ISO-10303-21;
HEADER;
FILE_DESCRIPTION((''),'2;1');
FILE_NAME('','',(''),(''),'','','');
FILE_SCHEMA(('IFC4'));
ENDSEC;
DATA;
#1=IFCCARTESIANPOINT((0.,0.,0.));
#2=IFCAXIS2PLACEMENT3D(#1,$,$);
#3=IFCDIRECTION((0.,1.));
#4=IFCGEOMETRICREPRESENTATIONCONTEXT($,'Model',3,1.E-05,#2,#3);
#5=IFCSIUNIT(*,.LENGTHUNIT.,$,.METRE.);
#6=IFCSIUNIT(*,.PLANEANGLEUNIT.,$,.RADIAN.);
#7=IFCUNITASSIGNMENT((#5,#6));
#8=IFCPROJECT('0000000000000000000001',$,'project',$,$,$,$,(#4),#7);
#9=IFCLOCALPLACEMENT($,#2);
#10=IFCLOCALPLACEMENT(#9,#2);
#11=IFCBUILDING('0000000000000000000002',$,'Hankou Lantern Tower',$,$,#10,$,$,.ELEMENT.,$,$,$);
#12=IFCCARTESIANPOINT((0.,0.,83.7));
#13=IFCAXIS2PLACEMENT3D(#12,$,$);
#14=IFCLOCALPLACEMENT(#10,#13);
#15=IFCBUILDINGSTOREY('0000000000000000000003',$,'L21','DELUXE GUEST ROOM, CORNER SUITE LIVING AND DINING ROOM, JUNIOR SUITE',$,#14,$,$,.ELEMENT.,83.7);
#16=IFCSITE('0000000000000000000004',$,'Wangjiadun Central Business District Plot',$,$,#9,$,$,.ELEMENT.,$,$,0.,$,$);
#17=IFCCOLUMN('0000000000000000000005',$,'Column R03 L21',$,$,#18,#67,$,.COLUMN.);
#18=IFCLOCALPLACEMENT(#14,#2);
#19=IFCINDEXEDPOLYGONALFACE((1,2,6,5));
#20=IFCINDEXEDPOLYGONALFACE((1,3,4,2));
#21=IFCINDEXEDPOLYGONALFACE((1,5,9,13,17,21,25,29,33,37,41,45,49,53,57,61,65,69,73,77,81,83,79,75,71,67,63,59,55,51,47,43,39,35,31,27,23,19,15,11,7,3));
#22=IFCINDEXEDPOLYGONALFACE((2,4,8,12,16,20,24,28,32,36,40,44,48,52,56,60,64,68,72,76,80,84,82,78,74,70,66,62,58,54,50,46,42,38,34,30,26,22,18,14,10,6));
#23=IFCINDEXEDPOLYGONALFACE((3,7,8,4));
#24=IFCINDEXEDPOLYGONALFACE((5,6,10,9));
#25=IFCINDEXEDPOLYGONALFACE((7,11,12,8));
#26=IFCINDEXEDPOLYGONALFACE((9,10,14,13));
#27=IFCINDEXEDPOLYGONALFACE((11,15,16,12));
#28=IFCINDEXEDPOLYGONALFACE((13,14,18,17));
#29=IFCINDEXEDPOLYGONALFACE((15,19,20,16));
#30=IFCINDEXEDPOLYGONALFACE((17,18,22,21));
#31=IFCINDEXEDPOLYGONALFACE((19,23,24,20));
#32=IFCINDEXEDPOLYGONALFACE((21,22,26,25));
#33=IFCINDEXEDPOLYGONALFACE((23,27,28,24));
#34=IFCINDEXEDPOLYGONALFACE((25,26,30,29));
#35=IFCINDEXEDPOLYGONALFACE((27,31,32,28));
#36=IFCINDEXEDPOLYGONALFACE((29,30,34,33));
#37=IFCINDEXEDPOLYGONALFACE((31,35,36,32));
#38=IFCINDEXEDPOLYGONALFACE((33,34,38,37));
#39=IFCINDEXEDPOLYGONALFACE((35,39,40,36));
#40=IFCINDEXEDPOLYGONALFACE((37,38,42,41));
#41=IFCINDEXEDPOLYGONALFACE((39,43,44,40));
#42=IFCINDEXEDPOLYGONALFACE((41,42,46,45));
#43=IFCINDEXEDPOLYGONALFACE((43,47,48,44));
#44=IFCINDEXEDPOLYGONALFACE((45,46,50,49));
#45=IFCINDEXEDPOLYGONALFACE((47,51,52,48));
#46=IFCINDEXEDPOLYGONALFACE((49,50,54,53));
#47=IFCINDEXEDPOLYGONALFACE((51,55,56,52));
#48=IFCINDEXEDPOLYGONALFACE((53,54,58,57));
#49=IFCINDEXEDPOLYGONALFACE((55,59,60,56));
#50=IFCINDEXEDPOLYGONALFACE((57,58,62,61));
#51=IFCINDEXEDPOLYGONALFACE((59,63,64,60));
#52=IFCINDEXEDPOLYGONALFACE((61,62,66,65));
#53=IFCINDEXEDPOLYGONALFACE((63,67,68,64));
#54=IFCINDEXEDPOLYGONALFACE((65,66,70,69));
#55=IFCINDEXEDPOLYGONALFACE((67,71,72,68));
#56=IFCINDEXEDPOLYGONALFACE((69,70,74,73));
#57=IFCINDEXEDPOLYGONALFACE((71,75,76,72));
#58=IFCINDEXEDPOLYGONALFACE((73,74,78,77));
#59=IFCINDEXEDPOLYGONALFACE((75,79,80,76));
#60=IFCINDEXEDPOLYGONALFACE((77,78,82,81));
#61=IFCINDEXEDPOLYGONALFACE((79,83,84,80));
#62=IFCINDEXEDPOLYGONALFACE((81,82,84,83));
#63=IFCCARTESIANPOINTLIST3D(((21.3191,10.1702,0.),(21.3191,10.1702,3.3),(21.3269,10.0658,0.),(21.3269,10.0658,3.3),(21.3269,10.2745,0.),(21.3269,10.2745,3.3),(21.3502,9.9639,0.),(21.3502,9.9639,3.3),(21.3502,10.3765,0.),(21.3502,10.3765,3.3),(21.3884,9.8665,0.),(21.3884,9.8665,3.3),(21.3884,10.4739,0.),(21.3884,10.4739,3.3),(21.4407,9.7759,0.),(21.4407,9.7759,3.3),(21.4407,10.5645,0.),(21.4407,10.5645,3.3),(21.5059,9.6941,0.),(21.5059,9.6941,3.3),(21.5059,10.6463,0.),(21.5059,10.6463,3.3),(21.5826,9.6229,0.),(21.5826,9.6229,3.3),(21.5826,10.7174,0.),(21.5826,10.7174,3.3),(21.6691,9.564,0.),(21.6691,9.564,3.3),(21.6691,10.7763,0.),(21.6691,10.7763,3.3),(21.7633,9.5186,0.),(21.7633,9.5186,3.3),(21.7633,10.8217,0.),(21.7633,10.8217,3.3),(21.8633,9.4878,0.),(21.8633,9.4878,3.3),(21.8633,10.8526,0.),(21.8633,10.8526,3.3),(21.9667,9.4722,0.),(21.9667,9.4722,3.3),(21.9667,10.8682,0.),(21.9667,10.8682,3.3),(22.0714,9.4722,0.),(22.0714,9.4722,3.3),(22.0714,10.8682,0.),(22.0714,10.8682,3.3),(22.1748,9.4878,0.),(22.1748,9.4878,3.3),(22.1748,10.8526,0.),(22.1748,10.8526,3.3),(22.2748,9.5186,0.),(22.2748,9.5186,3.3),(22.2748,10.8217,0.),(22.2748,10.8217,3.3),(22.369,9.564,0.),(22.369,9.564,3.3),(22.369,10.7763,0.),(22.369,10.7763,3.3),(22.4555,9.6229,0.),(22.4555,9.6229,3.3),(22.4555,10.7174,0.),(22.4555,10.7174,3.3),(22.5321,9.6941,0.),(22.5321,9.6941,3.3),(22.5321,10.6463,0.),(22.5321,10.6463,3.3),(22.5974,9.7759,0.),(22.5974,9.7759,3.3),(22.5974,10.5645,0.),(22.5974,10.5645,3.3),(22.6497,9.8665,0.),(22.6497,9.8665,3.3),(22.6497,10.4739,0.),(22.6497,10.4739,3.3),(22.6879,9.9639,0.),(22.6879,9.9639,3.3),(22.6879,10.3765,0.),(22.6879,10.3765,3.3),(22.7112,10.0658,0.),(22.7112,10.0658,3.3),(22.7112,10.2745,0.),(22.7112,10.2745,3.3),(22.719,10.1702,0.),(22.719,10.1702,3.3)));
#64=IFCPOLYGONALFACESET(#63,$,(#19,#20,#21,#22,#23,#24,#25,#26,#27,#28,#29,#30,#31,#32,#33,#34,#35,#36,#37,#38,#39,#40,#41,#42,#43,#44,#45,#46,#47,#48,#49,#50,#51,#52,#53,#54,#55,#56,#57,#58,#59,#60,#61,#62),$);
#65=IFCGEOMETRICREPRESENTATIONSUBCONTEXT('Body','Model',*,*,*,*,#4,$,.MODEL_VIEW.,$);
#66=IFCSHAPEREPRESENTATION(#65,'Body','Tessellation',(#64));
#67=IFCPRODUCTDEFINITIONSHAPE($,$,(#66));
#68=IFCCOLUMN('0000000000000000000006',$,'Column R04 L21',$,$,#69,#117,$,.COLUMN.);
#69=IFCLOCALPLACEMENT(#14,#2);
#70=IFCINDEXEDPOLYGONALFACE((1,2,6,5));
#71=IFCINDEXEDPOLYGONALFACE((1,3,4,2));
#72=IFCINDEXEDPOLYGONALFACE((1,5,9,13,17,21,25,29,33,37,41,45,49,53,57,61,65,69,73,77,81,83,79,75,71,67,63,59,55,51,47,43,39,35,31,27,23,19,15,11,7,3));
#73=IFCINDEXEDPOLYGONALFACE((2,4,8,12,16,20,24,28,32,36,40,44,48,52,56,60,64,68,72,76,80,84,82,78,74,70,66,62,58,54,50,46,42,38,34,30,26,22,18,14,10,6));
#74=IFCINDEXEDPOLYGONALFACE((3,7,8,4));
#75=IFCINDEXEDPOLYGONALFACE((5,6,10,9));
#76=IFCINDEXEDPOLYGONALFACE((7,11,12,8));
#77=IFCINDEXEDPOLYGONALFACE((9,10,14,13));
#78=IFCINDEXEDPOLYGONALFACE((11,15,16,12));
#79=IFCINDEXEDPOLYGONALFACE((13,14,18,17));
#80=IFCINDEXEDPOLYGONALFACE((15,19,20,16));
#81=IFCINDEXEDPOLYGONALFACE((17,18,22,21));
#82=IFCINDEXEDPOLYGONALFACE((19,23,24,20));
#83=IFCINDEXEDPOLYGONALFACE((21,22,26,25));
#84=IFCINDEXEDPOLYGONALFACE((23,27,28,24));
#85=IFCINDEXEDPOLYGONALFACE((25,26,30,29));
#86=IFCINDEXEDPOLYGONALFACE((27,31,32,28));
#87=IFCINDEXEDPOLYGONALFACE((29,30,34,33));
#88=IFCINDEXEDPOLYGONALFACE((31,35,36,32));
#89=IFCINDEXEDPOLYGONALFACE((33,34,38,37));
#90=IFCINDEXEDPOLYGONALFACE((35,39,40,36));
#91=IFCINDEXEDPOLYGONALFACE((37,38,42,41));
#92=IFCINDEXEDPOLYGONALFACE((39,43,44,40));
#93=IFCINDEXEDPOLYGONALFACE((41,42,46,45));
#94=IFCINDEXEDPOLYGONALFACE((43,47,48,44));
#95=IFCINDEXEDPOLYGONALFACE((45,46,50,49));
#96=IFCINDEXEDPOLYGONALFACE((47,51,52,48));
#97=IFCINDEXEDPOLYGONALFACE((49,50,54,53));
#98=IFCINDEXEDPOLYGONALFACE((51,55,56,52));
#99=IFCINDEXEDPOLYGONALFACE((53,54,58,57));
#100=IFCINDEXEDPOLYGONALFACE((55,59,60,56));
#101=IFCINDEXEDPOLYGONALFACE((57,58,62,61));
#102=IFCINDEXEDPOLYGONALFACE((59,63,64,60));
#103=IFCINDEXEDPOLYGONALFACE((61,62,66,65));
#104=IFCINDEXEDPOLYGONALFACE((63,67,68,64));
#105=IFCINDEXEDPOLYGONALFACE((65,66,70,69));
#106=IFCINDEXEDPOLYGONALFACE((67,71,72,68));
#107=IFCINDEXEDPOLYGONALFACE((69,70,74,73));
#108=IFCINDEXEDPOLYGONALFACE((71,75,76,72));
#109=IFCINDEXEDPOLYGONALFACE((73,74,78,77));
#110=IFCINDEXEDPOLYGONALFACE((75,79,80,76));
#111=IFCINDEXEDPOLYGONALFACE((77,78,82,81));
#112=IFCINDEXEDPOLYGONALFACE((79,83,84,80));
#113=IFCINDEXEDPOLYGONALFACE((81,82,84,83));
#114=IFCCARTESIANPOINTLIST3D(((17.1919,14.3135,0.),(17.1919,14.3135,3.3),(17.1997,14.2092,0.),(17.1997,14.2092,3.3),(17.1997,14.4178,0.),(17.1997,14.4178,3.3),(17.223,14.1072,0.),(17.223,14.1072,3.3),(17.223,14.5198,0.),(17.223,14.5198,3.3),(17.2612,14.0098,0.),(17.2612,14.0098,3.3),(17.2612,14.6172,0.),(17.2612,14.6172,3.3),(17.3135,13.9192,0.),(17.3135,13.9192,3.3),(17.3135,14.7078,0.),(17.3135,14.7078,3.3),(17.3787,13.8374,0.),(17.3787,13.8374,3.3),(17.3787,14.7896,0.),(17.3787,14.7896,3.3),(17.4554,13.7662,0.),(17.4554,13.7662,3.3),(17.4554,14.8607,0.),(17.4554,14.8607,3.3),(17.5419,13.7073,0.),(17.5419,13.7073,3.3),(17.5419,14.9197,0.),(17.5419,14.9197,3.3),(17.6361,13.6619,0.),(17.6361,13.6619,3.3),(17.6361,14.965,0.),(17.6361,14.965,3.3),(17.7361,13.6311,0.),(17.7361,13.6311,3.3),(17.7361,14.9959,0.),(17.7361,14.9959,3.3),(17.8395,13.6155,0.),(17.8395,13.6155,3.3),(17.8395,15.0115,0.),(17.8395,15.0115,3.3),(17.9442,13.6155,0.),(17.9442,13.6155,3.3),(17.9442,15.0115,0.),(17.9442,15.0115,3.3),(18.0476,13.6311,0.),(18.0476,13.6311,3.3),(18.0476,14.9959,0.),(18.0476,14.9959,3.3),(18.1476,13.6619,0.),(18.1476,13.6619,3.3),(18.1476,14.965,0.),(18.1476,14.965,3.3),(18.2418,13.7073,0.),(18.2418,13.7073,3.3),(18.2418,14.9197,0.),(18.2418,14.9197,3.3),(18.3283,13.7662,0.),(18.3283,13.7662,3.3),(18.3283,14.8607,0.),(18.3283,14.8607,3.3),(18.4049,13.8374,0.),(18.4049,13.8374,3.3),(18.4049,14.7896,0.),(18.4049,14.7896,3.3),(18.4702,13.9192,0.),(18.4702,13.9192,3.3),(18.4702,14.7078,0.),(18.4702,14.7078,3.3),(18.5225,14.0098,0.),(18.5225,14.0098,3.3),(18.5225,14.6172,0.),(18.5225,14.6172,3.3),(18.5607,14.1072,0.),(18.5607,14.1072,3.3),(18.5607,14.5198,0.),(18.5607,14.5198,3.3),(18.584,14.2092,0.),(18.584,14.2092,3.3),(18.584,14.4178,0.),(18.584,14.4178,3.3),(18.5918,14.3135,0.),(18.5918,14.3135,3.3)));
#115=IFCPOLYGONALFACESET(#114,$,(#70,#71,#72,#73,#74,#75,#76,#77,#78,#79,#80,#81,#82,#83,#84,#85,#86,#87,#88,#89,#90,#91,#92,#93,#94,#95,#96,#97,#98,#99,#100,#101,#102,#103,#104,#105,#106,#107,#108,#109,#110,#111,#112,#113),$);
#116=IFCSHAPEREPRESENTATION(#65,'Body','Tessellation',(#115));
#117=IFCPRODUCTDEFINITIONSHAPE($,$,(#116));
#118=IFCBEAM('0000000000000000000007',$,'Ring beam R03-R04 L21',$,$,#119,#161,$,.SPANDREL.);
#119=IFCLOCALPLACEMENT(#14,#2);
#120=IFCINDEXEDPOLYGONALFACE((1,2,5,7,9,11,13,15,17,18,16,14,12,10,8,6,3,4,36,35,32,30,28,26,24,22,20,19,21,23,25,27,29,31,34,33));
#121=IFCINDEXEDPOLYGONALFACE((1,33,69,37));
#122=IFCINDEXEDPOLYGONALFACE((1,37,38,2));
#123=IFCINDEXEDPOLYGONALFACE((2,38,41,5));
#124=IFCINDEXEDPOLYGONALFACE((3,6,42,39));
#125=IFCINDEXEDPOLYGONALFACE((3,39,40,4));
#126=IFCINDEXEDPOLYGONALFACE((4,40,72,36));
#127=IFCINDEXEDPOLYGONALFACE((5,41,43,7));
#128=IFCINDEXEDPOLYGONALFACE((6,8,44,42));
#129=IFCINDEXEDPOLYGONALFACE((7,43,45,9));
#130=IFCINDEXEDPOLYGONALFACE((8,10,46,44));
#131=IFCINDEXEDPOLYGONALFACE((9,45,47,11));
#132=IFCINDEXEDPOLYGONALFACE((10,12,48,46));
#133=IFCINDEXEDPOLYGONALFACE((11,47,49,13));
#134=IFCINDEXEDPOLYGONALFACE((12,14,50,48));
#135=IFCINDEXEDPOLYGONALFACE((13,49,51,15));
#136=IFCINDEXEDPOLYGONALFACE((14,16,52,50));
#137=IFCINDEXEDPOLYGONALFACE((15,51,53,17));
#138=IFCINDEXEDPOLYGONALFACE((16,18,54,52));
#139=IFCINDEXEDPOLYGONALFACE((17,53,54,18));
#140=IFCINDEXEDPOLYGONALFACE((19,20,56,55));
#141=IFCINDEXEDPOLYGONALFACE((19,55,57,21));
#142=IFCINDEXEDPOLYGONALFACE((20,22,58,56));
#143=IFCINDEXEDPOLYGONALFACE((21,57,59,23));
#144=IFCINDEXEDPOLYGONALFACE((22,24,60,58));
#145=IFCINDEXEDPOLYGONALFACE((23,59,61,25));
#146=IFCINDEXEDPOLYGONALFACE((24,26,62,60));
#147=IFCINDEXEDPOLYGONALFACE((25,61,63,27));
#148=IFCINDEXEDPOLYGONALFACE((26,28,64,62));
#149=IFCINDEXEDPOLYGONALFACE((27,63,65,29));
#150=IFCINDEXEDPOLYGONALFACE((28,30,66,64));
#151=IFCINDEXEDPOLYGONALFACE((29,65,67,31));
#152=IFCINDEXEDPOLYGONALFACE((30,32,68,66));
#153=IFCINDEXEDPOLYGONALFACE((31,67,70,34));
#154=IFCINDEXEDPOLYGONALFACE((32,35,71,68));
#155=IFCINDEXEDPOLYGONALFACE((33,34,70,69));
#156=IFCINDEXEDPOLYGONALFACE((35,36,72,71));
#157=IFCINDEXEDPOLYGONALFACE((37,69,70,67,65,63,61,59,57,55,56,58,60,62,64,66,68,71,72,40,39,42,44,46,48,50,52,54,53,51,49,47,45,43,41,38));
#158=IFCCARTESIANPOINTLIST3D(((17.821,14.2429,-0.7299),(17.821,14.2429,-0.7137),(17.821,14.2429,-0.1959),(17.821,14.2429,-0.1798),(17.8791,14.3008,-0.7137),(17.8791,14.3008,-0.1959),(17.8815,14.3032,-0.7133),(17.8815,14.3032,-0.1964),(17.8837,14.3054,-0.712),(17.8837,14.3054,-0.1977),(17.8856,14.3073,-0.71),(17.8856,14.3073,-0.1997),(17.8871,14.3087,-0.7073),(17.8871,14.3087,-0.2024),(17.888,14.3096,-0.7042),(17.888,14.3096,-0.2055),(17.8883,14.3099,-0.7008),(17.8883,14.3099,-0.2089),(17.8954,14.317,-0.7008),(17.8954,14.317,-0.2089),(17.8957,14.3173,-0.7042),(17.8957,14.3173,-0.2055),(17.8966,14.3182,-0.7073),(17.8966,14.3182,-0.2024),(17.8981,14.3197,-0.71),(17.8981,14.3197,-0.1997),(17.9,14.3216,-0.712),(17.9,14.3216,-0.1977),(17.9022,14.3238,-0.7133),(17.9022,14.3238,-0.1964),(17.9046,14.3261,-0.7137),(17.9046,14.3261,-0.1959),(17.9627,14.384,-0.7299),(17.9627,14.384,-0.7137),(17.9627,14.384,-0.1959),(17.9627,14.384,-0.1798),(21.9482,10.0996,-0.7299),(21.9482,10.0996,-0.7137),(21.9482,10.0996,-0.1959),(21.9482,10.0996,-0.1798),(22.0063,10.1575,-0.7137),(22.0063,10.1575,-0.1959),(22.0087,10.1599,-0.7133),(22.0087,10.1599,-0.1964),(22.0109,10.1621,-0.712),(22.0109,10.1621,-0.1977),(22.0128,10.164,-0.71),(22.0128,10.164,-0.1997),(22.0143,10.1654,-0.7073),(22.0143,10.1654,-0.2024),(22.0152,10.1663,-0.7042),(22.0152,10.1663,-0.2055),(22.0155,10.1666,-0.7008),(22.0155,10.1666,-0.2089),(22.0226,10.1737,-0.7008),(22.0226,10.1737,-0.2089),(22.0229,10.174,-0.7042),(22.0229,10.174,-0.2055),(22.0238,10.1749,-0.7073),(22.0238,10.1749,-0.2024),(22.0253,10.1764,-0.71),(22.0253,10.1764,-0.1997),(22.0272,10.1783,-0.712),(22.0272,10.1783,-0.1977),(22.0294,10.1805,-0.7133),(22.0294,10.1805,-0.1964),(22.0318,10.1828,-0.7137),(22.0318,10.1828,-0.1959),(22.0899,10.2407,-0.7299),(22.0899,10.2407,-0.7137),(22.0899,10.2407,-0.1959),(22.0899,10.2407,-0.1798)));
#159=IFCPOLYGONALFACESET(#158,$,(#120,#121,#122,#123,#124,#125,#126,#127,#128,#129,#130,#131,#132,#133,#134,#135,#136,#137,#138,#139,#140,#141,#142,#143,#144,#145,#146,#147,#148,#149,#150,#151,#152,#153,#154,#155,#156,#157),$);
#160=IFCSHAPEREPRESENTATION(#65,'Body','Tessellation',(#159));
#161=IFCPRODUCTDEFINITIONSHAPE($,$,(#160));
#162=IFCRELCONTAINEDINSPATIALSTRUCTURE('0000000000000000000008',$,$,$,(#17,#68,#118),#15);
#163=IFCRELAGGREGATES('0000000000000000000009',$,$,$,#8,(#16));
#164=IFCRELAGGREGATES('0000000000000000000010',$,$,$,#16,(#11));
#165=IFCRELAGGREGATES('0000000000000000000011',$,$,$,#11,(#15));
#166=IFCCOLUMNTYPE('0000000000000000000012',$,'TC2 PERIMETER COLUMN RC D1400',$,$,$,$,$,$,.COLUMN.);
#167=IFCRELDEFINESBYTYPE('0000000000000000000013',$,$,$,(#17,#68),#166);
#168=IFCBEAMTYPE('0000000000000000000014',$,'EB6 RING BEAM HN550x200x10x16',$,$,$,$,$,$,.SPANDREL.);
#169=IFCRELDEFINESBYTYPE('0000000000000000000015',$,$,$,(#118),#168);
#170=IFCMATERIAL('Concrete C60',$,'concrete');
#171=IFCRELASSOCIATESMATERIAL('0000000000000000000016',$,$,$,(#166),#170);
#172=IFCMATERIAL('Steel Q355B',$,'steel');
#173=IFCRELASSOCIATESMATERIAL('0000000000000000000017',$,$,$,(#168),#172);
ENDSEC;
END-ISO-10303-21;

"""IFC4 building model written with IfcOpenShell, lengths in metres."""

from ifc_helpers import new_model, si_unit, direction, frame, origin, origin_2d, place, context, subcontext, project, spatial, circle, i_section, extrude, material, material_profile, profile_set, type_object, element, save


model = new_model("IFC4")

# Units and contexts
model_context = context("Model", 3, precision=1e-05, world=origin(), true_north=direction((0.0, 1.0)))
body_context = subcontext(model_context, "Body", "Model", "MODEL_VIEW")
ifc_project = project(units=[si_unit("LENGTHUNIT", "METRE"), si_unit("PLANEANGLEUNIT", "RADIAN")], contexts=[model_context])

# Site, building, storey
site_placement = place(None, origin())
site = spatial("IfcSite", under=ifc_project, at=site_placement, Name="Wangjiadun Central Business District Plot", CompositionType="ELEMENT", RefElevation=0.0)
building_placement = place(site_placement, origin())
building = spatial("IfcBuilding", under=site, at=building_placement, Name="Hankou Lantern Tower", CompositionType="ELEMENT")
storey_placement = place(building_placement, frame((0.0, 0.0, 83.7)))
storey = spatial("IfcBuildingStorey", under=building, at=storey_placement, Name="L21", Description="DELUXE GUEST ROOM, CORNER SUITE LIVING AND DINING ROOM, JUNIOR SUITE", CompositionType="ELEMENT", Elevation=83.7)

# Columns
ifc_material_1 = material(Name="Concrete C60", Category="concrete")
ifc_material_profile_1 = material_profile(ifc_material_1, circle(Radius=0.7, at=origin_2d()), Name="RC D1400")
ifc_profile_set_1 = profile_set([ifc_material_profile_1], Name="Concrete C60")
column_type = type_object("IfcColumnType", Name="TC2 PERIMETER COLUMN RC D1400", PredefinedType="COLUMN", material=ifc_profile_set_1)
for number, where, z_axis, x_axis, name in (
    (1, (22.019, 10.1702, 0.0), (0.0, 0.0, 1.0), (1.0, 0.0, 0.0), "Column R03 L21"),
    (2, (17.8918, 14.3135, 0.0), (0.0, 0.0, 1.0), (1.0, 0.0, 0.0), "Column R04 L21"),
):
    element("IfcColumn", number, at=place(storey_placement, frame(where, z_axis=z_axis, x_axis=x_axis)), inside=storey, type_object=column_type, Name=name, PredefinedType="COLUMN", context=body_context, shape_type="SweptSolid", body=[
        extrude(circle(Radius=0.7, at=origin_2d()), origin(), (0.0, 0.0, 1.0), 3.3),
    ])

# Beam
ifc_material_2 = material(Name="Steel Q355B", Category="steel")
ifc_material_profile_2 = material_profile(ifc_material_2, i_section(OverallWidth=0.2, OverallDepth=0.55, WebThickness=0.01, FlangeThickness=0.0161, FilletRadius=0.0129, at=origin_2d()), Name="HN550x200x10x16")
ifc_profile_set_2 = profile_set([ifc_material_profile_2], Name="Steel Q355B")
beam_type_1 = type_object("IfcBeamType", Name="EB6 RING BEAM HN550x200x10x16", PredefinedType="SPANDREL", material=ifc_profile_set_2)
beam_1_placement = place(storey_placement, frame((22.019, 10.1702, -0.4548), z_axis=(-0.705728, 0.708483, 0.0), x_axis=(-0.708483, -0.705728, 0.0)))
element("IfcBeam", 3, at=beam_1_placement, inside=storey, type_object=beam_type_1, Name="Ring beam R03-R04 L21", PredefinedType="SPANDREL", context=body_context, shape_type="SweptSolid", body=[
    extrude(i_section(OverallWidth=0.2, OverallDepth=0.55, WebThickness=0.01, FlangeThickness=0.0161, FilletRadius=0.0129, at=origin_2d()), origin(), (0.0, 0.0, 1.0), 5.8481),
])

save(model, "model.ifc")
